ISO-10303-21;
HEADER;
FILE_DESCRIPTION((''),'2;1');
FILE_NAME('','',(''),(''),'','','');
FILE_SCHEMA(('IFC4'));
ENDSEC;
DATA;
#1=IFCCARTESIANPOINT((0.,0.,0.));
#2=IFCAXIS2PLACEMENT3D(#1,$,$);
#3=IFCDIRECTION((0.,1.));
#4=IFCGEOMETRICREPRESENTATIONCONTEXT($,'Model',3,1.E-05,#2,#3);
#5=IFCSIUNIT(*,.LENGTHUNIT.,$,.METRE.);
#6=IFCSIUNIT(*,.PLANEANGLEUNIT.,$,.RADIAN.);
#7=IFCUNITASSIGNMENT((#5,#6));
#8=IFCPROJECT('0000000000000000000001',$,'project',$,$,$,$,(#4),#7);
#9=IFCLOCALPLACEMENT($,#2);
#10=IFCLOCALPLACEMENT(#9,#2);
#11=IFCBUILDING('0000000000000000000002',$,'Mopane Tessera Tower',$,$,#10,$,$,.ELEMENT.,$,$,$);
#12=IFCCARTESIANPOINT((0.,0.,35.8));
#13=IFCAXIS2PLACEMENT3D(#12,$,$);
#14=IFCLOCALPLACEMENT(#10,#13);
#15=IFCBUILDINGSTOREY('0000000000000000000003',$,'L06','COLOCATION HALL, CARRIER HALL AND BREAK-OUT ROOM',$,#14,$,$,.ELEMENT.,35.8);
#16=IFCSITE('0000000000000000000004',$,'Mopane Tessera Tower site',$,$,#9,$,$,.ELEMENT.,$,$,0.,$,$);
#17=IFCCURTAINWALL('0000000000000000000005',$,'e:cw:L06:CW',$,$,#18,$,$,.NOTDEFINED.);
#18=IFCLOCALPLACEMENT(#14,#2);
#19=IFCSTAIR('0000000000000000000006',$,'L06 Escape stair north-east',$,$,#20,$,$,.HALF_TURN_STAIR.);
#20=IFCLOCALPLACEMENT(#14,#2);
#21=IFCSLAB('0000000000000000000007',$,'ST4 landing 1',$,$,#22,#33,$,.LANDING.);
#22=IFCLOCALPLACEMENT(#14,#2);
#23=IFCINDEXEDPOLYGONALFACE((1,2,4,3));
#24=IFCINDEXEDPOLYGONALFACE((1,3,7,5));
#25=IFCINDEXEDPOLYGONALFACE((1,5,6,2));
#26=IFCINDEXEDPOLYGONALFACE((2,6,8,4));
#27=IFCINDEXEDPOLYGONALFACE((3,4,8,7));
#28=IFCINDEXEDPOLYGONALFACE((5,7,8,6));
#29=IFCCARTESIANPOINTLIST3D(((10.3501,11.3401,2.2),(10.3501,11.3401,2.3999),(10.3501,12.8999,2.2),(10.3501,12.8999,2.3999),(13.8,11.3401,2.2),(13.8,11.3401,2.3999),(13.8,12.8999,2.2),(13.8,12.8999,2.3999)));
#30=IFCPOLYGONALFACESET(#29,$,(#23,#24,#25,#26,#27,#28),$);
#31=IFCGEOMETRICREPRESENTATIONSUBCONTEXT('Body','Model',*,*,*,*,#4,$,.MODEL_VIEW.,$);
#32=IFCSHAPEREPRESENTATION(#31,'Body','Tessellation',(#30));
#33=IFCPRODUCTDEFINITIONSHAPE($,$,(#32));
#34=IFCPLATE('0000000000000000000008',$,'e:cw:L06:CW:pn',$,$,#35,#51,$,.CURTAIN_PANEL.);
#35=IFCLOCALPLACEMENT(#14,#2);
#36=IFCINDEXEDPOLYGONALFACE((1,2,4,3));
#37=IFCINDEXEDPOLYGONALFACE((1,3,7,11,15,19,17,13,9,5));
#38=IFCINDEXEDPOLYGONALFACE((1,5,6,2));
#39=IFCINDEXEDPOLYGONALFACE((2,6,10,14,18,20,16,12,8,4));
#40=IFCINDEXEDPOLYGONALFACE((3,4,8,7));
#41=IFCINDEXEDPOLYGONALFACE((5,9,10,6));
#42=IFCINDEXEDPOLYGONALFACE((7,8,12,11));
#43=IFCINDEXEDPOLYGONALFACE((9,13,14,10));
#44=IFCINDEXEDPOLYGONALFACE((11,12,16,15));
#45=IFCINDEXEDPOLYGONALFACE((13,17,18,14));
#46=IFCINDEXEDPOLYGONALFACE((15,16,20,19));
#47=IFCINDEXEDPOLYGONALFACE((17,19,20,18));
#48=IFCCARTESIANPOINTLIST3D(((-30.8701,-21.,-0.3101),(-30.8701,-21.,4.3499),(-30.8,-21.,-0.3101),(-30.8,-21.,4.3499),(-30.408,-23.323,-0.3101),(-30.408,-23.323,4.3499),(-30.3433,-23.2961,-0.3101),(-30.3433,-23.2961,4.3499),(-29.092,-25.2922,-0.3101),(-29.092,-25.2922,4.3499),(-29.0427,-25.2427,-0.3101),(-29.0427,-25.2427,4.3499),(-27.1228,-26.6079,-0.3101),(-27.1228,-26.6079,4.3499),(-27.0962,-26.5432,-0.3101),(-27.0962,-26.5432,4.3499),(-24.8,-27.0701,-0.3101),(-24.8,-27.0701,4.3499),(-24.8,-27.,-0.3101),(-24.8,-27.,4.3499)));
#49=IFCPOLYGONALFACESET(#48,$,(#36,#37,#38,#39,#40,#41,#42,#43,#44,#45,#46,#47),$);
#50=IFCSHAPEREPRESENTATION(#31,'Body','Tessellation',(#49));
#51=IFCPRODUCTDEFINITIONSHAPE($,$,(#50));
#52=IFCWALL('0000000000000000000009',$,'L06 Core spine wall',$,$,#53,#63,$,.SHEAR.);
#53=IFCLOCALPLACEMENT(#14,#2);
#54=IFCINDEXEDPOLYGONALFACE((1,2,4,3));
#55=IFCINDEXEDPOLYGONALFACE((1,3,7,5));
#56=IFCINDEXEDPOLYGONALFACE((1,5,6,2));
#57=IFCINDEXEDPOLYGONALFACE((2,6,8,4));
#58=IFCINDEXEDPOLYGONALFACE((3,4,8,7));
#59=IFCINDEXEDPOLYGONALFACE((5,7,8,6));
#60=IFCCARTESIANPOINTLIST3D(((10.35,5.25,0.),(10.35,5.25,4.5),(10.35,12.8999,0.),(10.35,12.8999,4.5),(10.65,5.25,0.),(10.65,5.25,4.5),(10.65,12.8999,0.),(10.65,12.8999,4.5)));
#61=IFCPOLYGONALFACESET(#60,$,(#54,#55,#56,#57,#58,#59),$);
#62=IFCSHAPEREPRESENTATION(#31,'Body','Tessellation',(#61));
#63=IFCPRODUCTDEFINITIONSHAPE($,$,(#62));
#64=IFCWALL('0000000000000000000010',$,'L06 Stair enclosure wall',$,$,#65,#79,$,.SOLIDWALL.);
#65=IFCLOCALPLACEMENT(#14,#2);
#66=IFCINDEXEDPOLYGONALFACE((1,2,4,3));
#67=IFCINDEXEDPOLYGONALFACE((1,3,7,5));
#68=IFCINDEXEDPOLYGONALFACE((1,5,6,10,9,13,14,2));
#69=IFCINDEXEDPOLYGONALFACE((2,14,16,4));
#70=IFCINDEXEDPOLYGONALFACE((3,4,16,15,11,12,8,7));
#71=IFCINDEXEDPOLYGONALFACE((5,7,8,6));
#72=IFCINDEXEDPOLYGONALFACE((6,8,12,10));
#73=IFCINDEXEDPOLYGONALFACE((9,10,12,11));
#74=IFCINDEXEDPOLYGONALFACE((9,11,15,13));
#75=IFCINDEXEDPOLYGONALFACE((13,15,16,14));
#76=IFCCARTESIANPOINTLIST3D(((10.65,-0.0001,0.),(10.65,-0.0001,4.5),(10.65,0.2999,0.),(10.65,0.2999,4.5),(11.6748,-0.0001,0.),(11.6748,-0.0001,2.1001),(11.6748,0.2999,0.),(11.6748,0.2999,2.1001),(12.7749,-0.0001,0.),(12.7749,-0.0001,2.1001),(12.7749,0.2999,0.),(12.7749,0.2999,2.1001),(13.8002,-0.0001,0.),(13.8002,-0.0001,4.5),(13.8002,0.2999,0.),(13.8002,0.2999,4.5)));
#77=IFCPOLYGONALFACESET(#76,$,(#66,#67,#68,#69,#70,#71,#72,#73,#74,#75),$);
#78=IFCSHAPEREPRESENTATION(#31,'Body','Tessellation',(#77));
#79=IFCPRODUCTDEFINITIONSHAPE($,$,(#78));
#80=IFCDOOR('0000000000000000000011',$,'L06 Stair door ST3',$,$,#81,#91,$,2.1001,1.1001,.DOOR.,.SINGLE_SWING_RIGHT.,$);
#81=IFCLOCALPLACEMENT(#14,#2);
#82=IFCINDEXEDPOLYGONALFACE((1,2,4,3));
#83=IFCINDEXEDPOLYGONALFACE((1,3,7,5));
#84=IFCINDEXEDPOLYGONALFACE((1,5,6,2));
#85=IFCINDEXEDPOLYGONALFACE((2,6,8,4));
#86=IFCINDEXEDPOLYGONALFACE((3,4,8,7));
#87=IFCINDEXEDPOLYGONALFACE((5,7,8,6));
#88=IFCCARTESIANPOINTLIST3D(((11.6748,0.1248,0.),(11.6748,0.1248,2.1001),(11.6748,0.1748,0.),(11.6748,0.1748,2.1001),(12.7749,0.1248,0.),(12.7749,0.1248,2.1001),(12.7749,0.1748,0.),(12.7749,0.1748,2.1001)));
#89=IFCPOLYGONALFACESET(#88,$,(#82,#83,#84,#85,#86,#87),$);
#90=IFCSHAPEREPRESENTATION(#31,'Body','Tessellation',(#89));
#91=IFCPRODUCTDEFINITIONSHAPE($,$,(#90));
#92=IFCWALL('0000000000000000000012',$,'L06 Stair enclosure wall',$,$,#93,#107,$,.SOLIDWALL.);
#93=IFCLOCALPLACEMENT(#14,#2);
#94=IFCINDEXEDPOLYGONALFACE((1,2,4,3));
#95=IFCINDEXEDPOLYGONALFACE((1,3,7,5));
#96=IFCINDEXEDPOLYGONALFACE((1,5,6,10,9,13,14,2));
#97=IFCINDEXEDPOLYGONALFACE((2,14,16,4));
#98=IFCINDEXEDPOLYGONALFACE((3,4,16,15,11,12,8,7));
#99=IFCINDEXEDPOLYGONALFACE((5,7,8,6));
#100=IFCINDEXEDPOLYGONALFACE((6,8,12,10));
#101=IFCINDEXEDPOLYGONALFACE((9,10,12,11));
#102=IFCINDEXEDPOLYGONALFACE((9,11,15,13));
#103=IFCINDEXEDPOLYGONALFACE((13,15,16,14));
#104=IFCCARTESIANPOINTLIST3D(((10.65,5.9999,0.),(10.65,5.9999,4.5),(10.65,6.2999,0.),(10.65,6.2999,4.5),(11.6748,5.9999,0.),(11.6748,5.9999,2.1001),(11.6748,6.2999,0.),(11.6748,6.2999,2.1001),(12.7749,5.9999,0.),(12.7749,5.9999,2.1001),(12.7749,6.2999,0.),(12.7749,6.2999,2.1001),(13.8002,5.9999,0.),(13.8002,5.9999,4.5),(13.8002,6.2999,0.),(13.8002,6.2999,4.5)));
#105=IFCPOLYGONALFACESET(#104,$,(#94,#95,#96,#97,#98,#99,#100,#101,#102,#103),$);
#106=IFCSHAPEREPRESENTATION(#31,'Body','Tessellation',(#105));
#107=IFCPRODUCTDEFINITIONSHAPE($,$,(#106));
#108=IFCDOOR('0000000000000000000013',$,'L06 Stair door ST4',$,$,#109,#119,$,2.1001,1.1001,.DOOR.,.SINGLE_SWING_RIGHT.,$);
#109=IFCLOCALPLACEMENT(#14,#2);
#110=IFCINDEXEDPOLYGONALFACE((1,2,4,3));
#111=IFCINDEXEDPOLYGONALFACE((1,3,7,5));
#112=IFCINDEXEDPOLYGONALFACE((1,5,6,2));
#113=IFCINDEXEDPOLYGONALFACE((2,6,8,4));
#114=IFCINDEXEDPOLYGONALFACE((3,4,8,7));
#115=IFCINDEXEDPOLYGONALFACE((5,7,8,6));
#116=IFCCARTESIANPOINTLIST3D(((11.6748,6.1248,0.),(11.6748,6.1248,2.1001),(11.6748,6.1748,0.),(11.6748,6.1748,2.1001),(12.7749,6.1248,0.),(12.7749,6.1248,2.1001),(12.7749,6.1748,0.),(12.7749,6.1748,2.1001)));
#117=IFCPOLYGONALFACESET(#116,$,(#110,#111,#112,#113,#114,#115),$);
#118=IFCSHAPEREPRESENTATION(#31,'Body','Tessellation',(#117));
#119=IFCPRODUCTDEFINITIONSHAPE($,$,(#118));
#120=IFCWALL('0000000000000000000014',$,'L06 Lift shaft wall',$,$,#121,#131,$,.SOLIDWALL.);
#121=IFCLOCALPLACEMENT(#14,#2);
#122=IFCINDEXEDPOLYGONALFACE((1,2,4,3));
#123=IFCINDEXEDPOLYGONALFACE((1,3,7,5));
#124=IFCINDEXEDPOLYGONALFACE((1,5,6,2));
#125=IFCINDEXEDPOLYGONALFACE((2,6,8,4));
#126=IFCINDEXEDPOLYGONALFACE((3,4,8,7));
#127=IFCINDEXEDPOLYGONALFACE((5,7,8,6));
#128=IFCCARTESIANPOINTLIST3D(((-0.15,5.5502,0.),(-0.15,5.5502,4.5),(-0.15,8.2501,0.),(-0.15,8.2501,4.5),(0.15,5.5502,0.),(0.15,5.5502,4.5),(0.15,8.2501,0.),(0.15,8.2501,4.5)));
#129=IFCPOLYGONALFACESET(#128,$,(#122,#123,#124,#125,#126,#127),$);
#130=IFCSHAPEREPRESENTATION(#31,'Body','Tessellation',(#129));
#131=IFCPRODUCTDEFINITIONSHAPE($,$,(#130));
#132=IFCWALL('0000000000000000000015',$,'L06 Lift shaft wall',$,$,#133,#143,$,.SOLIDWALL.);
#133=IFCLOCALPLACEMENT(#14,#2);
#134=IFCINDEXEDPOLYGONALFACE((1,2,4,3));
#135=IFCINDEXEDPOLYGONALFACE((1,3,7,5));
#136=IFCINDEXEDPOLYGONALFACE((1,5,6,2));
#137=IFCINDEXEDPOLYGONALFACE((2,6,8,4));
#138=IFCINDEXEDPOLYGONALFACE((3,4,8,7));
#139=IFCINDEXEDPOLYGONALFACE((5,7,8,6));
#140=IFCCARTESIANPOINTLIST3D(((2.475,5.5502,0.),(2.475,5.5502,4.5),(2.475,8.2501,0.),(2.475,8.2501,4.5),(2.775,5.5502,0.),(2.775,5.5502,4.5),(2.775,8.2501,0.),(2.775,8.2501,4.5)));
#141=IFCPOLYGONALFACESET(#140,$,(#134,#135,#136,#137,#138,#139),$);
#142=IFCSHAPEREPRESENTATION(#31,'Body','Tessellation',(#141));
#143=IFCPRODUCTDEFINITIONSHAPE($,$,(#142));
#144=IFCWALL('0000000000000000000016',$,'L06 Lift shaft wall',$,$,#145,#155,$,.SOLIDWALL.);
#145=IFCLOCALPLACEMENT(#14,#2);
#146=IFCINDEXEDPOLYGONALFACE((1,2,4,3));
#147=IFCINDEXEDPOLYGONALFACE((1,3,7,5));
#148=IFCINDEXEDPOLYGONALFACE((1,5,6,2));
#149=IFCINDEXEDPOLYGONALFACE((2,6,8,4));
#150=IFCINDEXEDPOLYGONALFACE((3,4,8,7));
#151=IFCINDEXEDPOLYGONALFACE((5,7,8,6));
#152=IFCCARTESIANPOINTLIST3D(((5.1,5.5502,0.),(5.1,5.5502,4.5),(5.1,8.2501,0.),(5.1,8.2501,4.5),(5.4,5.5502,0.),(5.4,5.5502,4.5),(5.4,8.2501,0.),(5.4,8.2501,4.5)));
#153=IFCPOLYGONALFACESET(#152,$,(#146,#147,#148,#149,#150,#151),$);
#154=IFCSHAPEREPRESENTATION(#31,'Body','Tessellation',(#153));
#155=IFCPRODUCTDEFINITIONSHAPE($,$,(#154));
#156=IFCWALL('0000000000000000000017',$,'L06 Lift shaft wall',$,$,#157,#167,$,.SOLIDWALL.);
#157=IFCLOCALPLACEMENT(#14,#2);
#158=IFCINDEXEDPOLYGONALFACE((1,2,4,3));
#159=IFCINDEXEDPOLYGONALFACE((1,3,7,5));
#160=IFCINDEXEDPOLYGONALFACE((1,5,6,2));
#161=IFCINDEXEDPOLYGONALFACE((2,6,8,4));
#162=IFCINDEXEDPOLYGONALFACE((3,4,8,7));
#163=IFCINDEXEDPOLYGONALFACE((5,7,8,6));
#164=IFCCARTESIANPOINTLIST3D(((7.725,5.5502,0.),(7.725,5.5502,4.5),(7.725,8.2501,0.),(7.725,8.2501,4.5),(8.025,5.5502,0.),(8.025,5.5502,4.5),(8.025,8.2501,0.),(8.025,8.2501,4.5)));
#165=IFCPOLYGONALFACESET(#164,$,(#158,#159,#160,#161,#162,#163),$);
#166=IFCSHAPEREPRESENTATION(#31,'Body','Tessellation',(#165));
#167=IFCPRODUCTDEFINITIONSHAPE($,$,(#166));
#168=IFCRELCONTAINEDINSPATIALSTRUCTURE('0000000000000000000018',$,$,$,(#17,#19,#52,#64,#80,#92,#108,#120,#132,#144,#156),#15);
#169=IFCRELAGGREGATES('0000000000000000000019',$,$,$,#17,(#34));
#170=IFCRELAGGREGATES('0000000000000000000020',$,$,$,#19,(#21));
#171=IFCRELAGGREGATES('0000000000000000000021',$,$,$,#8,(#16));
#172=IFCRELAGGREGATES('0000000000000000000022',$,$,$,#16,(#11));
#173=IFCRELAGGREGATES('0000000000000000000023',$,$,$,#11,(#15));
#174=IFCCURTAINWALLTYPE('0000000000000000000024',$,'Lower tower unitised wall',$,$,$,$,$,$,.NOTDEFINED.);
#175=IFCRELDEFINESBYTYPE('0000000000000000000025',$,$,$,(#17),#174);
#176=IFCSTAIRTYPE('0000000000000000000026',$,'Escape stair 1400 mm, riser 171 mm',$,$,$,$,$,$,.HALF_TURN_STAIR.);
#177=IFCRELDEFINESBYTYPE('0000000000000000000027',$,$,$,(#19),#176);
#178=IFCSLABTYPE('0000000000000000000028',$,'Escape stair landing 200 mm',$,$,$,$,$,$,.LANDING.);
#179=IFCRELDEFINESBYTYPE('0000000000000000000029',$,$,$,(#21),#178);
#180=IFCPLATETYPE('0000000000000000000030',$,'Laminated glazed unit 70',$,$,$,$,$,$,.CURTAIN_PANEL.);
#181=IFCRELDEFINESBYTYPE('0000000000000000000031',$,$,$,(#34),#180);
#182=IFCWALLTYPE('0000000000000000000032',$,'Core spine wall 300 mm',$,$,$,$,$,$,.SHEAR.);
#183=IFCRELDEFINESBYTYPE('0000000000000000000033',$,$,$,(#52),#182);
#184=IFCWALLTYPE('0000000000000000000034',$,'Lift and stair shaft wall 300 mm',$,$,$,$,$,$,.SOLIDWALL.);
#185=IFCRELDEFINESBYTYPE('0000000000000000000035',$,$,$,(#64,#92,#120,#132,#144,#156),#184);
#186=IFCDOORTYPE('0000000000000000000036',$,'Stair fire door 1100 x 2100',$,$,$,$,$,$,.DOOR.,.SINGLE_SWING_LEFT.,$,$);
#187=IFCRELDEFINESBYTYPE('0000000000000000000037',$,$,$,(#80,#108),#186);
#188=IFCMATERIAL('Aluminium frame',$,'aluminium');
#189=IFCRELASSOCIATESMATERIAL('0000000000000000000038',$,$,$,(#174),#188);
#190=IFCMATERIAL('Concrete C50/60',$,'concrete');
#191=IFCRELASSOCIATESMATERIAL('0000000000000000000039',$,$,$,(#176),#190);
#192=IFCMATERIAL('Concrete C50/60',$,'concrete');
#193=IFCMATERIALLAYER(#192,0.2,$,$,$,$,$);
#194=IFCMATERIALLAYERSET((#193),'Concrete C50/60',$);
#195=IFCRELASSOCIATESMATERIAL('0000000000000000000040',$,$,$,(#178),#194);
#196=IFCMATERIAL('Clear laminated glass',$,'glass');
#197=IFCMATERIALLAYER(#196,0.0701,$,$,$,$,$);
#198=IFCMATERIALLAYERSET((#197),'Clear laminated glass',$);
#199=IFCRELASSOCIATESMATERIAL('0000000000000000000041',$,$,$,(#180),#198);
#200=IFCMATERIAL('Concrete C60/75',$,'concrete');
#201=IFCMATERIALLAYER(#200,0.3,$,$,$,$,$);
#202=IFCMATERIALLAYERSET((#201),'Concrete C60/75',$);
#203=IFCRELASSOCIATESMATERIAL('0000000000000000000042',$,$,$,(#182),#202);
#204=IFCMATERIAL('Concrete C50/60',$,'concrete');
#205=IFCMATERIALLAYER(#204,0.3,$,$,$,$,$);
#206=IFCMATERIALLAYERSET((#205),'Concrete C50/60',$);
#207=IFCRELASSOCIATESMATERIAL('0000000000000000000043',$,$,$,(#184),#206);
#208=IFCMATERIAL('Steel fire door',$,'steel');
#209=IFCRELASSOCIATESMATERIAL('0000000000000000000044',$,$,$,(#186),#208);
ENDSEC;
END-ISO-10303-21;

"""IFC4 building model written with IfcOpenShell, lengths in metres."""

from ifc_helpers import new_model, si_unit, direction, frame, frame_2d, origin, place, context, subcontext, project, spatial, polyline, rectangle, outline, extrude, material, layer, layer_set, type_object, element, fill, aggregate, save


model = new_model("IFC4")

# Units and contexts
model_context = context("Model", 3, precision=1e-05, world=origin(), true_north=direction((0.0, 1.0)))
body_context = subcontext(model_context, "Body", "Model", "MODEL_VIEW")
ifc_project = project(units=[si_unit("LENGTHUNIT", "METRE"), si_unit("PLANEANGLEUNIT", "RADIAN")], contexts=[model_context])

# Site, building, storey
site_placement = place(None, origin())
site = spatial("IfcSite", under=ifc_project, at=site_placement, Name="Mopane Tessera Tower site", CompositionType="ELEMENT", RefElevation=0.0)
building_placement = place(site_placement, origin())
building = spatial("IfcBuilding", under=site, at=building_placement, Name="Mopane Tessera Tower", CompositionType="ELEMENT")
storey_placement = place(building_placement, frame((0.0, 0.0, 35.8)))
storey = spatial("IfcBuildingStorey", under=building, at=storey_placement, Name="L06", Description="COLOCATION HALL, CARRIER HALL AND BREAK-OUT ROOM", CompositionType="ELEMENT", Elevation=35.8)

# Curtain wall
ifc_material_1 = material(Name="Aluminium frame", Category="aluminium")
curtain_wall_type = type_object("IfcCurtainWallType", Name="Lower tower unitised wall", PredefinedType="NOTDEFINED", material=ifc_material_1)
curtain_wall_placement = place(storey_placement, origin())
curtain_wall = element("IfcCurtainWall", 1, at=curtain_wall_placement, inside=storey, type_object=curtain_wall_type, Name="e:cw:L06:CW", PredefinedType="NOTDEFINED")

# Stair, slab
ifc_material_2 = material(Name="Concrete C50/60", Category="concrete")
stair_type = type_object("IfcStairType", Name="Escape stair 1400 mm, riser 171 mm", PredefinedType="HALF_TURN_STAIR", material=ifc_material_2)
ifc_material_3 = material(Name="Concrete C50/60", Category="concrete")
ifc_layer_1 = layer(ifc_material_3, 0.2)
ifc_layer_set_1 = layer_set([ifc_layer_1], Name="Concrete C50/60")
slab_type_1 = type_object("IfcSlabType", Name="Escape stair landing 200 mm", PredefinedType="LANDING", material=ifc_layer_set_1)
stair_1_placement = place(storey_placement, origin())
stair_1 = element("IfcStair", 2, at=stair_1_placement, inside=storey, type_object=stair_type, Name="L06 Escape stair north-east", PredefinedType="HALF_TURN_STAIR")
slab_1_placement = place(storey_placement, frame((0.0, 0.0, 2.2)))
slab_1 = element("IfcSlab", 3, at=slab_1_placement, type_object=slab_type_1, Name="ST4 landing 1", PredefinedType="LANDING", context=body_context, shape_type="SweptSolid", body=[
    extrude(outline(polyline([(13.8, 11.3401), (13.8, 12.8999), (10.3501, 12.8999), (10.3501, 11.3401), (13.8, 11.3401)])), origin(), (0.0, 0.0, 1.0), 0.2),
])

# Plate
ifc_material_4 = material(Name="Clear laminated glass", Category="glass")
ifc_layer_2 = layer(ifc_material_4, 0.0701)
ifc_layer_set_2 = layer_set([ifc_layer_2], Name="Clear laminated glass")
plate_type = type_object("IfcPlateType", Name="Laminated glazed unit 70", PredefinedType="CURTAIN_PANEL", material=ifc_layer_set_2)
plate_placement = place(storey_placement, frame((0.0, 0.0, -0.3101)))
plate = element("IfcPlate", 4, at=plate_placement, type_object=plate_type, Name="e:cw:L06:CW:pn", PredefinedType="CURTAIN_PANEL", context=body_context, shape_type="SweptSolid", body=[
    extrude(outline(polyline([(-30.8, -21.0), (-30.3433, -23.2961), (-29.0427, -25.2427), (-27.0962, -26.5432), (-24.8, -27.0), (-24.8, -27.0701), (-27.1228, -26.6079), (-29.092, -25.2922), (-30.408, -23.323), (-30.8701, -21.0), (-30.8, -21.0)])), origin(), (0.0, 0.0, 1.0), 4.6599),
])
aggregate(curtain_wall, [plate])

# Wall
ifc_material_5 = material(Name="Concrete C60/75", Category="concrete")
ifc_layer_3 = layer(ifc_material_5, 0.3)
ifc_layer_set_3 = layer_set([ifc_layer_3], Name="Concrete C60/75")
wall_type_1 = type_object("IfcWallType", Name="Core spine wall 300 mm", PredefinedType="SHEAR", material=ifc_layer_set_3)
wall_1_placement = place(storey_placement, frame((10.5, 5.25, 0.0), z_axis=(0.0, 0.0, 1.0), x_axis=(0.0, 1.0, 0.0)))
element("IfcWall", 5, at=wall_1_placement, inside=storey, type_object=wall_type_1, Name="L06 Core spine wall", PredefinedType="SHEAR", context=body_context, shape_type="SweptSolid", body=[
    extrude(rectangle(XDim=7.6499, YDim=0.3, at=frame_2d((3.825, 0.0))), origin(), (0.0, 0.0, 1.0), 4.5),
])

# Walls, openings, doors
ifc_material_6 = material(Name="Concrete C50/60", Category="concrete")
ifc_layer_4 = layer(ifc_material_6, 0.3)
ifc_layer_set_4 = layer_set([ifc_layer_4], Name="Concrete C50/60")
wall_type_2 = type_object("IfcWallType", Name="Lift and stair shaft wall 300 mm", PredefinedType="SOLIDWALL", material=ifc_layer_set_4)
wall_2_placement = place(storey_placement, frame((10.6499, 0.1499, 0.0), z_axis=(0.0, 0.0, 1.0), x_axis=(1.0, 0.0, 0.0)))
wall_2 = element("IfcWall", 6, at=wall_2_placement, inside=storey, type_object=wall_type_2, Name="L06 Stair enclosure wall", PredefinedType="SOLIDWALL", context=body_context, shape_type="SweptSolid", body=[
    extrude(rectangle(XDim=3.1501, YDim=0.3, at=frame_2d((1.5752, 0.0))), origin(), (0.0, 0.0, 1.0), 4.5),
])
opening_1_placement = place(wall_2_placement, frame((1.0249, 0.0, 0.0)))
opening_1 = element("IfcOpeningElement", 7, at=opening_1_placement, cuts=wall_2, PredefinedType="OPENING", context=body_context, shape_type="SweptSolid", body=[
    extrude(rectangle(XDim=1.1001, YDim=2.1001, at=frame_2d((0.55, 1.05))), frame((0.0, 0.1621, 0.0), z_axis=(0.0, -1.0, 0.0), x_axis=(1.0, 0.0, 0.0)), (0.0, 0.0, 1.0), 0.324),
])
ifc_material_7 = material(Name="Steel fire door", Category="steel")
door_type = type_object("IfcDoorType", Name="Stair fire door 1100 x 2100", OperationType="SINGLE_SWING_LEFT", PredefinedType="DOOR", material=ifc_material_7)
door_1_placement = place(opening_1_placement, origin())
door_1 = element("IfcDoor", 8, at=door_1_placement, inside=storey, type_object=door_type, Name="L06 Stair door ST3", OperationType="SINGLE_SWING_RIGHT", OverallHeight=2.1001, OverallWidth=1.1001, PredefinedType="DOOR", context=body_context, shape_type="SweptSolid", body=[
    extrude(rectangle(XDim=1.1001, YDim=2.1001, at=frame_2d((0.55, 1.05))), frame((0.0, 0.0249, 0.0), z_axis=(0.0, -1.0, 0.0), x_axis=(1.0, 0.0, 0.0)), (0.0, 0.0, 1.0), 0.05),
])
fill(opening_1, door_1)
wall_3_placement = place(storey_placement, frame((10.6499, 6.1499, 0.0), z_axis=(0.0, 0.0, 1.0), x_axis=(1.0, 0.0, 0.0)))
wall_3 = element("IfcWall", 9, at=wall_3_placement, inside=storey, type_object=wall_type_2, Name="L06 Stair enclosure wall", PredefinedType="SOLIDWALL", context=body_context, shape_type="SweptSolid", body=[
    extrude(rectangle(XDim=3.1501, YDim=0.3, at=frame_2d((1.5752, 0.0))), origin(), (0.0, 0.0, 1.0), 4.5),
])
opening_2_placement = place(wall_3_placement, frame((1.0249, 0.0, 0.0)))
opening_2 = element("IfcOpeningElement", 10, at=opening_2_placement, cuts=wall_3, PredefinedType="OPENING", context=body_context, shape_type="SweptSolid", body=[
    extrude(rectangle(XDim=1.1001, YDim=2.1001, at=frame_2d((0.55, 1.05))), frame((0.0, 0.1621, 0.0), z_axis=(0.0, -1.0, 0.0), x_axis=(1.0, 0.0, 0.0)), (0.0, 0.0, 1.0), 0.324),
])
door_2_placement = place(opening_2_placement, origin())
door_2 = element("IfcDoor", 11, at=door_2_placement, inside=storey, type_object=door_type, Name="L06 Stair door ST4", OperationType="SINGLE_SWING_RIGHT", OverallHeight=2.1001, OverallWidth=1.1001, PredefinedType="DOOR", context=body_context, shape_type="SweptSolid", body=[
    extrude(rectangle(XDim=1.1001, YDim=2.1001, at=frame_2d((0.55, 1.05))), frame((0.0, 0.0249, 0.0), z_axis=(0.0, -1.0, 0.0), x_axis=(1.0, 0.0, 0.0)), (0.0, 0.0, 1.0), 0.05),
])
fill(opening_2, door_2)

# Walls
for number, where, z_axis, x_axis, name in (
    (12, (0.0, 5.55, 0.0), (0.0, 0.0, 1.0), (0.0, 1.0, 0.0), "L06 Lift shaft wall"),
    (13, (2.625, 5.55, 0.0), (0.0, 0.0, 1.0), (0.0, 1.0, 0.0), "L06 Lift shaft wall"),
    (14, (5.25, 5.55, 0.0), (0.0, 0.0, 1.0), (0.0, 1.0, 0.0), "L06 Lift shaft wall"),
    (15, (7.875, 5.55, 0.0), (0.0, 0.0, 1.0), (0.0, 1.0, 0.0), "L06 Lift shaft wall"),
):
    element("IfcWall", number, at=place(storey_placement, frame(where, z_axis=z_axis, x_axis=x_axis)), inside=storey, type_object=wall_type_2, Name=name, PredefinedType="SOLIDWALL", context=body_context, shape_type="SweptSolid", body=[
        extrude(rectangle(XDim=2.7, YDim=0.3, at=frame_2d((1.3501, 0.0))), origin(), (0.0, 0.0, 1.0), 4.5),
    ])

aggregate(stair_1, [slab_1])

save(model, "model.ifc")
